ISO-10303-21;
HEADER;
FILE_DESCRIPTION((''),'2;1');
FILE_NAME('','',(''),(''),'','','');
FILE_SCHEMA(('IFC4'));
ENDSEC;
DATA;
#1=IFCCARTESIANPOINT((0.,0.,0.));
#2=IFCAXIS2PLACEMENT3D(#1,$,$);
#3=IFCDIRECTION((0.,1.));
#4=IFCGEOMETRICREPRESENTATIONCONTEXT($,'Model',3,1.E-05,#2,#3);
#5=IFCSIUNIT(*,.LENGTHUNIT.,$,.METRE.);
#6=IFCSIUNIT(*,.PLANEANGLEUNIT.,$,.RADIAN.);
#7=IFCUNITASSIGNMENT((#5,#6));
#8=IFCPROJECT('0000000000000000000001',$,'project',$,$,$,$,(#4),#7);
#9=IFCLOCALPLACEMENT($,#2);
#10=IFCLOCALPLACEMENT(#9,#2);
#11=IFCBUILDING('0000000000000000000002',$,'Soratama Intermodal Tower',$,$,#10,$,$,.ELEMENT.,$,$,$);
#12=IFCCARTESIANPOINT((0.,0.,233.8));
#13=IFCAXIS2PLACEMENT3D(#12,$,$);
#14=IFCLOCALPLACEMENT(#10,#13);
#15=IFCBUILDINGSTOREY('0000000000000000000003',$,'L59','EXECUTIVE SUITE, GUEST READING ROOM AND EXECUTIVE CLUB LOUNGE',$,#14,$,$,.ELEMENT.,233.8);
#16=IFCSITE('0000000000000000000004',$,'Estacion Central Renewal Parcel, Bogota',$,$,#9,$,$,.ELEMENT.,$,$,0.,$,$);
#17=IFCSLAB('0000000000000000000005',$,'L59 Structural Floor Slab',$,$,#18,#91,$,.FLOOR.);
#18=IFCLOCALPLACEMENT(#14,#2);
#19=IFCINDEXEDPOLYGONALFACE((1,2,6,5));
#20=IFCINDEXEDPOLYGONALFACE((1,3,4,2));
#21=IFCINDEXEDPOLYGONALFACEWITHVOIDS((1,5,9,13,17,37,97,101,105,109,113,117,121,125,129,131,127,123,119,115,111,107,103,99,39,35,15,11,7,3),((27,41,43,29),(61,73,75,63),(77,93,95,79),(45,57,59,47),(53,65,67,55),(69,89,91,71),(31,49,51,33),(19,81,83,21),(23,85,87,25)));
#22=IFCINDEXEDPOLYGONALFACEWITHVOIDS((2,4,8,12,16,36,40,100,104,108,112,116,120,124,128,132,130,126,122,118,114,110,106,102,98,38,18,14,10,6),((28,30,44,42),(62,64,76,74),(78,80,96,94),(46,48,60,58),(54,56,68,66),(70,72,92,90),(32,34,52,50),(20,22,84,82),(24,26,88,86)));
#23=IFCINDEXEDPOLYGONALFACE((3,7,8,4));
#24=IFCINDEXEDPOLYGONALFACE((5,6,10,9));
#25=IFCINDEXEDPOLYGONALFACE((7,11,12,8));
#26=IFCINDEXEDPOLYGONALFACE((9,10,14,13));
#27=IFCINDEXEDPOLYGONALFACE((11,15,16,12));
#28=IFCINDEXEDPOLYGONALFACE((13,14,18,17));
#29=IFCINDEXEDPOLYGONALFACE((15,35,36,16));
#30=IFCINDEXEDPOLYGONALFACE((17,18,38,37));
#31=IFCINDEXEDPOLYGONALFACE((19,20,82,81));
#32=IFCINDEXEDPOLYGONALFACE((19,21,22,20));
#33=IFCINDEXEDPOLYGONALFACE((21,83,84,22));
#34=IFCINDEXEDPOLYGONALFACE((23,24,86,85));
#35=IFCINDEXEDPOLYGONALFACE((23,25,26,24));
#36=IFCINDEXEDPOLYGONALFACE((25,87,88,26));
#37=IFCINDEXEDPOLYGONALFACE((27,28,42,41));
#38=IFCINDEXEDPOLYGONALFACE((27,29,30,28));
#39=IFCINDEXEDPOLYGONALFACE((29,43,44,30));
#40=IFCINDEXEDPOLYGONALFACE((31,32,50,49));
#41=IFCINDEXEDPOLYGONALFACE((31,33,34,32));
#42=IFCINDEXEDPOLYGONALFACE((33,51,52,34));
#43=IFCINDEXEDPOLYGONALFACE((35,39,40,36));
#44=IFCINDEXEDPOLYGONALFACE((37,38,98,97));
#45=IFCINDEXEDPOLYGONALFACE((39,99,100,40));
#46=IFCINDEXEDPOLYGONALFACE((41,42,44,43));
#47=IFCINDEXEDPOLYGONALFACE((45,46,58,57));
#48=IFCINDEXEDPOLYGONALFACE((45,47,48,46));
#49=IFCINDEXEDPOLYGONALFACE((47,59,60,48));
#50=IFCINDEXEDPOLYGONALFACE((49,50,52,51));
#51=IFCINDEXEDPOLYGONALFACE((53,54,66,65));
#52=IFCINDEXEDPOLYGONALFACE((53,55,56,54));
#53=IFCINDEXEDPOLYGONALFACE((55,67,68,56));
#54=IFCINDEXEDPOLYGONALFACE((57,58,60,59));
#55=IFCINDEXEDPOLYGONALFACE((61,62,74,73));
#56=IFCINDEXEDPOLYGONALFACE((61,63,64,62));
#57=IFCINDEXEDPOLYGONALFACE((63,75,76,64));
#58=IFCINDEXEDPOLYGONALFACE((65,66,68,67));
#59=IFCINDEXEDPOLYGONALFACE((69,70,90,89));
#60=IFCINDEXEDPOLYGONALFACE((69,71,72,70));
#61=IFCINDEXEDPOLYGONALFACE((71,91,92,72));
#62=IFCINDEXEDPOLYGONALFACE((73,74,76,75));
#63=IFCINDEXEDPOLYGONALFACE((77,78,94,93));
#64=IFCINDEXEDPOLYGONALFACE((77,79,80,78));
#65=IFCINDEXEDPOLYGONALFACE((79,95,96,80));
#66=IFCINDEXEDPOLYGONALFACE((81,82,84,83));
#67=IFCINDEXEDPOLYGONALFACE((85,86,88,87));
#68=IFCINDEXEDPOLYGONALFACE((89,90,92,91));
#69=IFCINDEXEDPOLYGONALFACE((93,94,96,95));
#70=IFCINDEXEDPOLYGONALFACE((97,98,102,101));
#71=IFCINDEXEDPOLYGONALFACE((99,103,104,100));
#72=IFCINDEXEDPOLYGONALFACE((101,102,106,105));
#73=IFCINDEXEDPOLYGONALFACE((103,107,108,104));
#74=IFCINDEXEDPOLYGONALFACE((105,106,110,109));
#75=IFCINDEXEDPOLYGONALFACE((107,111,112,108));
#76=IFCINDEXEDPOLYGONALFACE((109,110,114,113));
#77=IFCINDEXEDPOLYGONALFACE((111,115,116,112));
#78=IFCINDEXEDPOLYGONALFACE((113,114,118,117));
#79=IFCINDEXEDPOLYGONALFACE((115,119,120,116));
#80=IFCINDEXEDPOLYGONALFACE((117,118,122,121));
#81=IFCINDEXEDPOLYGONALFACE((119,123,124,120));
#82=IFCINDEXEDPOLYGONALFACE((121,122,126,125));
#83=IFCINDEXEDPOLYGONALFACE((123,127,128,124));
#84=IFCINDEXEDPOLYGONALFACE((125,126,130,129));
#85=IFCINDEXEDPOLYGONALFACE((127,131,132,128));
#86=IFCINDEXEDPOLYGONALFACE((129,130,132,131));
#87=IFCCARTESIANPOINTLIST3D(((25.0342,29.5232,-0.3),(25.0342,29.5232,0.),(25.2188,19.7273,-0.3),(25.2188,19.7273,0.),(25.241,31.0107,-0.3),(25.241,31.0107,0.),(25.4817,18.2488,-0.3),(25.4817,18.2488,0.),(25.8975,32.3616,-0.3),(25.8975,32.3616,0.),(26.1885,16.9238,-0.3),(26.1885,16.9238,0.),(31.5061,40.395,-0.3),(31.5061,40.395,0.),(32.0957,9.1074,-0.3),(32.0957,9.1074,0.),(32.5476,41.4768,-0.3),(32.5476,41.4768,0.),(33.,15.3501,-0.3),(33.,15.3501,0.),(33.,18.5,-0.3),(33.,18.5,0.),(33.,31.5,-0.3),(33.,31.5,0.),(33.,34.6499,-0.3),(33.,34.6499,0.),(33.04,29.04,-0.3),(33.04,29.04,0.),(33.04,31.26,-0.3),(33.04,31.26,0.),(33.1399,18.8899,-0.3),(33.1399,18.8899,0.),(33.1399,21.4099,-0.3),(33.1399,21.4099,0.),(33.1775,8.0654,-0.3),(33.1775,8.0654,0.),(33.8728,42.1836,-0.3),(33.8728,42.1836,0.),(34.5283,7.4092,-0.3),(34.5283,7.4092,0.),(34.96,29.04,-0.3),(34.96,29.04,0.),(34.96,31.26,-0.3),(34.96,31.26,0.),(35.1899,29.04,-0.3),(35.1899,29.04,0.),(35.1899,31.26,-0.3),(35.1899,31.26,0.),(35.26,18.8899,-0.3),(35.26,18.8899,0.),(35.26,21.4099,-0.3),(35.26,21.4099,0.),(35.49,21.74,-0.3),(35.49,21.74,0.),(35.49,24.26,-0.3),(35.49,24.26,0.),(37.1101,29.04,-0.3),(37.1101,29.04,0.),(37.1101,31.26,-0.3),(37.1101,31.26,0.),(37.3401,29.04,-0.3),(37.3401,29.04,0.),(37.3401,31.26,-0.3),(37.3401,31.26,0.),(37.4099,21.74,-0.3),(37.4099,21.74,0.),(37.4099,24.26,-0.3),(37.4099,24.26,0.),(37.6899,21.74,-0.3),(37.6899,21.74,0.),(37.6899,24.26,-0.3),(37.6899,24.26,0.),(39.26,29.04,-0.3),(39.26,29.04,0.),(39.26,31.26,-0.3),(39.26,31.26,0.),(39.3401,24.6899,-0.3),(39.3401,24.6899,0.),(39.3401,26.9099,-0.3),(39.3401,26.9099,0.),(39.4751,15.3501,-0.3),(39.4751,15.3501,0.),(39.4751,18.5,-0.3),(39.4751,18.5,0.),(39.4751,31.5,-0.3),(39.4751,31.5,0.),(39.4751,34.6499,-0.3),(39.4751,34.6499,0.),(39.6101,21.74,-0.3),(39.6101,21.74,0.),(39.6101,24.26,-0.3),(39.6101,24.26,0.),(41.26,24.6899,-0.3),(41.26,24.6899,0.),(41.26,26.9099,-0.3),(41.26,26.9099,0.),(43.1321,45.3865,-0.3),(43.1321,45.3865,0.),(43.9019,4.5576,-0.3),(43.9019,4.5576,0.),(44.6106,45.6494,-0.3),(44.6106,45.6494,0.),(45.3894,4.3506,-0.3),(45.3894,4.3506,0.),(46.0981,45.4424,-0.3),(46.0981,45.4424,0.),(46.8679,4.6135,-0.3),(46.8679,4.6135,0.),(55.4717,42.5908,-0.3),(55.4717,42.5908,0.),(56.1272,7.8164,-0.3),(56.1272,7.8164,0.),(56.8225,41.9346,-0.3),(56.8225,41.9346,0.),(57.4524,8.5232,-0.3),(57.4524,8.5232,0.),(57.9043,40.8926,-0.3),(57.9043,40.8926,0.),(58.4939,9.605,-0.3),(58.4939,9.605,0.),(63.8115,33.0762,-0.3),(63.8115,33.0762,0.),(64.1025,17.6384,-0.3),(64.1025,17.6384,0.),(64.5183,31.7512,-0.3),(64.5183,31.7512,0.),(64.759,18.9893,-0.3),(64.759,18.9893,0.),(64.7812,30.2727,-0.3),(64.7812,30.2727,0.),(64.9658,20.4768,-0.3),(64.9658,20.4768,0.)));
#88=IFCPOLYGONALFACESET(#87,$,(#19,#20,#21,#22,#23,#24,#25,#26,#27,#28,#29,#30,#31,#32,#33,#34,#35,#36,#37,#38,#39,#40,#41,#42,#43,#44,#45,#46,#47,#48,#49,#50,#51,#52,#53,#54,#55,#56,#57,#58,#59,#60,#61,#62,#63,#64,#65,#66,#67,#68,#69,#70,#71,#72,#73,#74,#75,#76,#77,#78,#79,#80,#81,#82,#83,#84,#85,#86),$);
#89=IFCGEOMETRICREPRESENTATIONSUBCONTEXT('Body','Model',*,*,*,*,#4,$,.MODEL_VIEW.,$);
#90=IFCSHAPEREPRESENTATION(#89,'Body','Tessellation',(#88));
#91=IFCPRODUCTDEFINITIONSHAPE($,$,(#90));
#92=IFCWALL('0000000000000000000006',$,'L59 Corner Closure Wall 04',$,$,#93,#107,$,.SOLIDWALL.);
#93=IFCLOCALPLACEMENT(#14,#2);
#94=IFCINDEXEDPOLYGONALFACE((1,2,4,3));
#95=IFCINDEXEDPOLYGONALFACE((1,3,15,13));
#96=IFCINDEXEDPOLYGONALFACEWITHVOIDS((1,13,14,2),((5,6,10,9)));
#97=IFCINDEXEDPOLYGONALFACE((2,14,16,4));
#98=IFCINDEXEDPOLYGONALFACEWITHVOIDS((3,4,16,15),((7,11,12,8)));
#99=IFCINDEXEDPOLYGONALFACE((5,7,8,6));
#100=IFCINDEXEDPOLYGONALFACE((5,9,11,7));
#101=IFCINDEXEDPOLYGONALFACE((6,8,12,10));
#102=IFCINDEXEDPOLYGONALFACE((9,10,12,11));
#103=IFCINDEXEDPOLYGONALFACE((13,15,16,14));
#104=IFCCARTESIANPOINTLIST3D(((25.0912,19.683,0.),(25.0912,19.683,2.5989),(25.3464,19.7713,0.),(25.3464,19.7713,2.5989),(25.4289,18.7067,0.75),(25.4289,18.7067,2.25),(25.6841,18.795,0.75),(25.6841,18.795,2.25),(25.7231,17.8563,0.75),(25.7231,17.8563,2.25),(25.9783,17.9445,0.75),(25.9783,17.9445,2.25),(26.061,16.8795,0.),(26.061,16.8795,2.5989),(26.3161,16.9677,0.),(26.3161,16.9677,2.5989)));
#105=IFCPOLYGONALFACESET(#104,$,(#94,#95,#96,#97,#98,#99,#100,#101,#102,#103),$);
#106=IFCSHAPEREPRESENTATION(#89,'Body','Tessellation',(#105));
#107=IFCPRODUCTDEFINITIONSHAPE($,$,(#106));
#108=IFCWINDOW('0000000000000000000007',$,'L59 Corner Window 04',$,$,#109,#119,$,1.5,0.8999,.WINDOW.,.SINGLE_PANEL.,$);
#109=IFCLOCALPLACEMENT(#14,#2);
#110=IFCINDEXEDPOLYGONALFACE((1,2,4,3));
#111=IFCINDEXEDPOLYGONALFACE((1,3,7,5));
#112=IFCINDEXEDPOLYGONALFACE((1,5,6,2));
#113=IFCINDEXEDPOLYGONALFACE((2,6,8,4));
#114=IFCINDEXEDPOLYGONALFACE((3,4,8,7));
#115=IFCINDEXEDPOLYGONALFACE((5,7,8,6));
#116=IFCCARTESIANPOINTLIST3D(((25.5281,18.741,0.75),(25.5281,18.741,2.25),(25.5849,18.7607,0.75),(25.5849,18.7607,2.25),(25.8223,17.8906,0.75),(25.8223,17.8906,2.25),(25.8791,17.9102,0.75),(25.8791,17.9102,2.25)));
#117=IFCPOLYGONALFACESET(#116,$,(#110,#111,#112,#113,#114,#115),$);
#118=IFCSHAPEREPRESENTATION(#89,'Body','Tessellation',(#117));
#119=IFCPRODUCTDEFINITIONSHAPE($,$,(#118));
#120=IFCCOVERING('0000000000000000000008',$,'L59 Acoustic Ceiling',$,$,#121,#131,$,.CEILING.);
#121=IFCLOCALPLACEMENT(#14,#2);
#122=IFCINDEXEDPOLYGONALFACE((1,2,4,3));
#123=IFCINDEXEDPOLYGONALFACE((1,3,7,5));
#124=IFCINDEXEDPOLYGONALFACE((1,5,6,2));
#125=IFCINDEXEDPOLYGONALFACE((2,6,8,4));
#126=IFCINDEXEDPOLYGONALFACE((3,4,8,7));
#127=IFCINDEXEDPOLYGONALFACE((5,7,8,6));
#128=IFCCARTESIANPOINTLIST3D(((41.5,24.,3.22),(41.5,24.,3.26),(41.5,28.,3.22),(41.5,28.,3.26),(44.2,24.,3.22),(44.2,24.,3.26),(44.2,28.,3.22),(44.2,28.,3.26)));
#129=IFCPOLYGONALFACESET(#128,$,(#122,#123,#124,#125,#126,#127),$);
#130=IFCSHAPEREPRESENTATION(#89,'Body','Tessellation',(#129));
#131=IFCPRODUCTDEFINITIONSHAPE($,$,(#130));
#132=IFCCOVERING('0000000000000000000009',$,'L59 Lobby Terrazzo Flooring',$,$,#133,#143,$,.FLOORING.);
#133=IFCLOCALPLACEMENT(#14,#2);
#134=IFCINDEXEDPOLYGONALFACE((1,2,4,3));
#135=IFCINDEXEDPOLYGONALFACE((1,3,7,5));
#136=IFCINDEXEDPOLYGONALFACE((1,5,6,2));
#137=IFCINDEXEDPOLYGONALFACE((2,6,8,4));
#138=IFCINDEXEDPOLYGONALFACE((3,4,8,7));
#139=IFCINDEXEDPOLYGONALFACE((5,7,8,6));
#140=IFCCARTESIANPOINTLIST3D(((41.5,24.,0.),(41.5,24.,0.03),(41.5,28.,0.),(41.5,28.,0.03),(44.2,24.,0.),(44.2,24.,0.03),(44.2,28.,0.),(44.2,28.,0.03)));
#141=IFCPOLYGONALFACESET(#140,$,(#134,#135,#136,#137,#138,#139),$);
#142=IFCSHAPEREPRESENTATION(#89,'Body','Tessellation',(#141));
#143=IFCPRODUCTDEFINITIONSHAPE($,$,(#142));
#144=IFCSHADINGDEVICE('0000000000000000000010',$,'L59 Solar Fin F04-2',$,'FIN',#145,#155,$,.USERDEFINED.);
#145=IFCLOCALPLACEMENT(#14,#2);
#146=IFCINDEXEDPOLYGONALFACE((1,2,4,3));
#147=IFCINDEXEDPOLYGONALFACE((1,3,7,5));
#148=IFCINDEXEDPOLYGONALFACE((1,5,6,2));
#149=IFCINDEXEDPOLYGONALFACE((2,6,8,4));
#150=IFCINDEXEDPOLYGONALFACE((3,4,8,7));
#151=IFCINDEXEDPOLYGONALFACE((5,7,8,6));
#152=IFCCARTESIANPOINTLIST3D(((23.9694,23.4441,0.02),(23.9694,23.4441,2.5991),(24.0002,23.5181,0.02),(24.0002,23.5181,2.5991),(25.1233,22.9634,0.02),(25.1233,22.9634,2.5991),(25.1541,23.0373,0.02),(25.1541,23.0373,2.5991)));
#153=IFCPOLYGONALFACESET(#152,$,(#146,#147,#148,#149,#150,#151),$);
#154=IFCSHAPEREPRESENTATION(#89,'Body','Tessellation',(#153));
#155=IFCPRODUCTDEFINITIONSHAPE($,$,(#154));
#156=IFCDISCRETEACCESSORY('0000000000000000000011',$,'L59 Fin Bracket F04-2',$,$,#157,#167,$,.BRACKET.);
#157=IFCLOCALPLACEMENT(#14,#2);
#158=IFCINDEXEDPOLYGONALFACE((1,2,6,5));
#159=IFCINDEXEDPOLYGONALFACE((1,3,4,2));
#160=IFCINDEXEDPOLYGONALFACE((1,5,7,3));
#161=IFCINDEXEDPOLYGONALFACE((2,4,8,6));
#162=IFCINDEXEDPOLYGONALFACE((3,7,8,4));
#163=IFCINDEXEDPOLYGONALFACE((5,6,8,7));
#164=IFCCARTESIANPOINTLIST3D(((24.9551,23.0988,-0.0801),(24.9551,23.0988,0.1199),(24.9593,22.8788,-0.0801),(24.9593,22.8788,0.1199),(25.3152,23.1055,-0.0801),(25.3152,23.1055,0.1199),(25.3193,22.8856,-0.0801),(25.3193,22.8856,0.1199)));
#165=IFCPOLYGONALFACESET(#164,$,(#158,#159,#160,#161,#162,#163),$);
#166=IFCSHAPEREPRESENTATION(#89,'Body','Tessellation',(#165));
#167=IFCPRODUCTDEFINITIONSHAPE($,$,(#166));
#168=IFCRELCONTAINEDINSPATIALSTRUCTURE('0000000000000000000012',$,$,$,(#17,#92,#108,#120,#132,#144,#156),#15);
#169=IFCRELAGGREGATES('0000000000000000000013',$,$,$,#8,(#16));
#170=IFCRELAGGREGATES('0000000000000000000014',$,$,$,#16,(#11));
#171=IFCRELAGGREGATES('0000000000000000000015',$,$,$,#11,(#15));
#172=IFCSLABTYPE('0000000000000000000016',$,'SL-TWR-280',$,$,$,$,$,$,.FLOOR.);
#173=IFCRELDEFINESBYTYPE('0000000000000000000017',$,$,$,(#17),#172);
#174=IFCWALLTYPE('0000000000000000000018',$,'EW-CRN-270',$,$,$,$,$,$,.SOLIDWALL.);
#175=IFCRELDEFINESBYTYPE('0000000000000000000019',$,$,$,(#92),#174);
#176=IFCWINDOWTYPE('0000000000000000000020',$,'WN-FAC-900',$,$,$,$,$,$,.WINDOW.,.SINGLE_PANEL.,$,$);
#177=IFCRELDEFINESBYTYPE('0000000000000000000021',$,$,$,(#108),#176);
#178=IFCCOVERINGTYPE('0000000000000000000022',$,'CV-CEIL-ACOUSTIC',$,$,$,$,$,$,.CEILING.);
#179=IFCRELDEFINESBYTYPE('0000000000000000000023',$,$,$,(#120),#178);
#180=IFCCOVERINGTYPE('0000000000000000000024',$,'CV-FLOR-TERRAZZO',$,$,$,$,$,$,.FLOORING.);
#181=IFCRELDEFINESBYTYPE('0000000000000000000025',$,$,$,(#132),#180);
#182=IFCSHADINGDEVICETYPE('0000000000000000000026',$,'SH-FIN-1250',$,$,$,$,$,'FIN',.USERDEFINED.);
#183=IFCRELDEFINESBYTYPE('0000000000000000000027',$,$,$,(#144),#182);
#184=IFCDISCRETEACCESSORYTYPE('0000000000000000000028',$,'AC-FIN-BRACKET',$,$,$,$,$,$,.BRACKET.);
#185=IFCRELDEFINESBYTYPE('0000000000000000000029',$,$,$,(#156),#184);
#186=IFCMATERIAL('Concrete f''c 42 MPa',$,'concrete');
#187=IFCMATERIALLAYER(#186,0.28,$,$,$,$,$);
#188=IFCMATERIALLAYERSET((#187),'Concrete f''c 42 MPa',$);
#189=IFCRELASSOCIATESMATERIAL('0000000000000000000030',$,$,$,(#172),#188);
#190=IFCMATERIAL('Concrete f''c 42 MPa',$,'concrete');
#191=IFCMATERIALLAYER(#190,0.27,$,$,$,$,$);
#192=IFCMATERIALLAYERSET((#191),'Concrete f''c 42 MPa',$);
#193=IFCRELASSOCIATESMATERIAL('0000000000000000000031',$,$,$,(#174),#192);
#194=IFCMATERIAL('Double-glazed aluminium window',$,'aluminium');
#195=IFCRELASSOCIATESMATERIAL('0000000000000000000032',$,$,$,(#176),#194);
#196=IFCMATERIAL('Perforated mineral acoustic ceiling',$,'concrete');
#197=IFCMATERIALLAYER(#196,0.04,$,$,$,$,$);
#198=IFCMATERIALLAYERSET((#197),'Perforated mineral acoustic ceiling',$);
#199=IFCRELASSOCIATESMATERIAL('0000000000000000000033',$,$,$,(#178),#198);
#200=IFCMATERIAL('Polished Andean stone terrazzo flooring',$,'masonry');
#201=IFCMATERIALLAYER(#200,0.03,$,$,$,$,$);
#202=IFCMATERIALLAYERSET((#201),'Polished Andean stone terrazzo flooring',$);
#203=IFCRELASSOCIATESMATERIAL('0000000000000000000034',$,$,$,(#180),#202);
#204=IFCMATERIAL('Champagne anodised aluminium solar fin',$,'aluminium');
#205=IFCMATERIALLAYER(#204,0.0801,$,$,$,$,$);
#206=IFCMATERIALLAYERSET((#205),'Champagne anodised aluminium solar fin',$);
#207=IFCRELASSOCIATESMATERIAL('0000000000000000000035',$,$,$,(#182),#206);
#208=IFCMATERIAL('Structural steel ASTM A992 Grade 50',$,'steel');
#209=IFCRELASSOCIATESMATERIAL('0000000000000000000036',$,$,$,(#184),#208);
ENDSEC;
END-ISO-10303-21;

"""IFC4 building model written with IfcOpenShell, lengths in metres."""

from ifc_helpers import new_model, si_unit, direction, frame, frame_2d, origin, origin_2d, place, context, subcontext, project, spatial, polyline, rectangle, outline, extrude, material, layer, layer_set, type_object, element, fill, save


model = new_model("IFC4")

# Units and contexts
model_context = context("Model", 3, precision=1e-05, world=origin(), true_north=direction((0.0, 1.0)))
body_context = subcontext(model_context, "Body", "Model", "MODEL_VIEW")
ifc_project = project(units=[si_unit("LENGTHUNIT", "METRE"), si_unit("PLANEANGLEUNIT", "RADIAN")], contexts=[model_context])

# Site, building, storey
site_placement = place(None, origin())
site = spatial("IfcSite", under=ifc_project, at=site_placement, Name="Estacion Central Renewal Parcel, Bogota", CompositionType="ELEMENT", RefElevation=0.0)
building_placement = place(site_placement, origin())
building = spatial("IfcBuilding", under=site, at=building_placement, Name="Soratama Intermodal Tower", CompositionType="ELEMENT")
storey_placement = place(building_placement, frame((0.0, 0.0, 233.8)))
storey = spatial("IfcBuildingStorey", under=building, at=storey_placement, Name="L59", Description="EXECUTIVE SUITE, GUEST READING ROOM AND EXECUTIVE CLUB LOUNGE", CompositionType="ELEMENT", Elevation=233.8)

# Slab
ifc_material_1 = material(Name="Concrete f'c 42 MPa", Category="concrete")
ifc_layer_1 = layer(ifc_material_1, 0.28)
ifc_layer_set_1 = layer_set([ifc_layer_1], Name="Concrete f'c 42 MPa")
slab_type_1 = type_object("IfcSlabType", Name="SL-TWR-280", PredefinedType="FLOOR", material=ifc_layer_set_1)
slab_1_placement = place(storey_placement, frame((0.0, 0.0, -0.3)))
element("IfcSlab", 1, at=slab_1_placement, inside=storey, type_object=slab_type_1, Name="L59 Structural Floor Slab", PredefinedType="FLOOR", context=body_context, shape_type="SweptSolid", body=[
    extrude(outline(polyline([(57.9043, 40.8926), (56.8225, 41.9346), (55.4717, 42.5908), (46.0981, 45.4424), (44.6106, 45.6494), (43.1321, 45.3865), (33.8728, 42.1836), (32.5476, 41.4768), (31.5061, 40.395), (25.8975, 32.3616), (25.241, 31.0107), (25.0342, 29.5232), (25.2188, 19.7273), (25.4817, 18.2488), (26.1885, 16.9238), (32.0957, 9.1074), (33.1775, 8.0654), (34.5283, 7.4092), (43.9019, 4.5576), (45.3894, 4.3506), (46.8679, 4.6135), (56.1272, 7.8164), (57.4524, 8.5232), (58.4939, 9.605), (64.1025, 17.6384), (64.759, 18.9893), (64.9658, 20.4768), (64.7812, 30.2727), (64.5183, 31.7512), (63.8115, 33.0762), (57.9043, 40.8926)]), holes=[polyline([(33.0, 18.5), (33.0, 15.3501), (39.4751, 15.3501), (39.4751, 18.5), (33.0, 18.5)]), polyline([(35.26, 21.4099), (33.1399, 21.4099), (33.1399, 18.8899), (35.26, 18.8899), (35.26, 21.4099)]), polyline([(37.4099, 24.26), (35.49, 24.26), (35.49, 21.74), (37.4099, 21.74), (37.4099, 24.26)]), polyline([(39.6101, 24.26), (37.6899, 24.26), (37.6899, 21.74), (39.6101, 21.74), (39.6101, 24.26)]), polyline([(41.26, 26.9099), (39.3401, 26.9099), (39.3401, 24.6899), (41.26, 24.6899), (41.26, 26.9099)]), polyline([(34.96, 31.26), (33.04, 31.26), (33.04, 29.04), (34.96, 29.04), (34.96, 31.26)]), polyline([(37.1101, 31.26), (35.1899, 31.26), (35.1899, 29.04), (37.1101, 29.04), (37.1101, 31.26)]), polyline([(39.26, 29.04), (39.26, 31.26), (37.3401, 31.26), (37.3401, 29.04), (39.26, 29.04)]), polyline([(39.4751, 34.6499), (33.0, 34.6499), (33.0, 31.5), (39.4751, 31.5), (39.4751, 34.6499)])]), origin(), (0.0, 0.0, 1.0), 0.3),
])

# Wall, opening, window
ifc_material_2 = material(Name="Concrete f'c 42 MPa", Category="concrete")
ifc_layer_2 = layer(ifc_material_2, 0.27)
ifc_layer_set_2 = layer_set([ifc_layer_2], Name="Concrete f'c 42 MPa")
wall_type = type_object("IfcWallType", Name="EW-CRN-270", PredefinedType="SOLIDWALL", material=ifc_layer_set_2)
wall_placement = place(storey_placement, frame((25.2188, 19.7273, 0.0), z_axis=(0.0, 0.0, 1.0), x_axis=(0.326899, -0.945059, 0.0)))
wall = element("IfcWall", 2, at=wall_placement, inside=storey, type_object=wall_type, Name="L59 Corner Closure Wall 04", PredefinedType="SOLIDWALL", context=body_context, shape_type="SweptSolid", body=[
    extrude(rectangle(XDim=2.9666, YDim=0.27, at=frame_2d((1.4834, 0.0))), origin(), (0.0, 0.0, 1.0), 2.5989),
])
opening_placement = place(wall_placement, frame((1.0332, 0.0, 0.75)))
opening = element("IfcOpeningElement", 3, at=opening_placement, cuts=wall, PredefinedType="OPENING", context=body_context, shape_type="SweptSolid", body=[
    extrude(rectangle(XDim=0.8999, YDim=1.5, at=frame_2d((0.45, 0.75))), frame((0.0, 0.145, 0.0), z_axis=(0.0, -1.0, 0.0), x_axis=(1.0, 0.0, 0.0)), (0.0, 0.0, 1.0), 0.29),
])
ifc_material_3 = material(Name="Double-glazed aluminium window", Category="aluminium")
window_type = type_object("IfcWindowType", Name="WN-FAC-900", PartitioningType="SINGLE_PANEL", PredefinedType="WINDOW", material=ifc_material_3)
window_placement = place(opening_placement, origin())
window = element("IfcWindow", 4, at=window_placement, inside=storey, type_object=window_type, Name="L59 Corner Window 04", OverallHeight=1.5, OverallWidth=0.8999, PartitioningType="SINGLE_PANEL", PredefinedType="WINDOW", context=body_context, shape_type="SweptSolid", body=[
    extrude(rectangle(XDim=0.8999, YDim=1.5, at=frame_2d((0.45, 0.75))), frame((0.0, 0.03, 0.0), z_axis=(0.0, -1.0, 0.0), x_axis=(1.0, 0.0, 0.0)), (0.0, 0.0, 1.0), 0.0601),
])
fill(opening, window)

# Coverings
ifc_material_4 = material(Name="Perforated mineral acoustic ceiling", Category="concrete")
ifc_layer_3 = layer(ifc_material_4, 0.04)
ifc_layer_set_3 = layer_set([ifc_layer_3], Name="Perforated mineral acoustic ceiling")
covering_type_1 = type_object("IfcCoveringType", Name="CV-CEIL-ACOUSTIC", PredefinedType="CEILING", material=ifc_layer_set_3)
covering_1_placement = place(storey_placement, frame((0.0, 0.0, 3.22)))
element("IfcCovering", 5, at=covering_1_placement, inside=storey, type_object=covering_type_1, Name="L59 Acoustic Ceiling", PredefinedType="CEILING", context=body_context, shape_type="SweptSolid", body=[
    extrude(outline(polyline([(41.5, 24.0), (44.2, 24.0), (44.2, 28.0), (41.5, 28.0), (41.5, 24.0)])), origin(), (0.0, 0.0, 1.0), 0.04),
])
ifc_material_5 = material(Name="Polished Andean stone terrazzo flooring", Category="masonry")
ifc_layer_4 = layer(ifc_material_5, 0.03)
ifc_layer_set_4 = layer_set([ifc_layer_4], Name="Polished Andean stone terrazzo flooring")
covering_type_2 = type_object("IfcCoveringType", Name="CV-FLOR-TERRAZZO", PredefinedType="FLOORING", material=ifc_layer_set_4)
covering_2_placement = place(storey_placement, origin())
element("IfcCovering", 6, at=covering_2_placement, inside=storey, type_object=covering_type_2, Name="L59 Lobby Terrazzo Flooring", PredefinedType="FLOORING", context=body_context, shape_type="SweptSolid", body=[
    extrude(outline(polyline([(41.5, 24.0), (44.2, 24.0), (44.2, 28.0), (41.5, 28.0), (41.5, 24.0)])), origin(), (0.0, 0.0, 1.0), 0.03),
])

# Shading device
ifc_material_6 = material(Name="Champagne anodised aluminium solar fin", Category="aluminium")
ifc_layer_5 = layer(ifc_material_6, 0.0801)
ifc_layer_set_5 = layer_set([ifc_layer_5], Name="Champagne anodised aluminium solar fin")
shading_device_type = type_object("IfcShadingDeviceType", Name="SH-FIN-1250", ElementType="FIN", PredefinedType="USERDEFINED", material=ifc_layer_set_5)
shading_device_placement = place(storey_placement, frame((24.5618, 23.2407, 0.02), z_axis=(0.0, 0.0, 1.0), x_axis=(-0.923076, 0.384618, 0.0)))
element("IfcShadingDevice", 7, at=shading_device_placement, inside=storey, type_object=shading_device_type, Name="L59 Solar Fin F04-2", ObjectType="FIN", PredefinedType="USERDEFINED", context=body_context, shape_type="SweptSolid", body=[
    extrude(rectangle(XDim=1.25, YDim=0.0801, at=origin_2d()), origin(), (0.0, 0.0, 1.0), 2.5791),
])

# Discrete accessory
ifc_material_7 = material(Name="Structural steel ASTM A992 Grade 50", Category="steel")
discrete_accessory_type = type_object("IfcDiscreteAccessoryType", Name="AC-FIN-BRACKET", PredefinedType="BRACKET", material=ifc_material_7)
discrete_accessory_placement = place(storey_placement, frame((25.1372, 22.9922, -0.0801), z_axis=(0.0, 0.0, 1.0), x_axis=(-0.999822, -0.018848, 0.0)))
element("IfcDiscreteAccessory", 8, at=discrete_accessory_placement, inside=storey, type_object=discrete_accessory_type, Name="L59 Fin Bracket F04-2", PredefinedType="BRACKET", context=body_context, shape_type="SweptSolid", body=[
    extrude(rectangle(XDim=0.3601, YDim=0.22, at=origin_2d()), origin(), (0.0, 0.0, 1.0), 0.2),
])

save(model, "model.ifc")
